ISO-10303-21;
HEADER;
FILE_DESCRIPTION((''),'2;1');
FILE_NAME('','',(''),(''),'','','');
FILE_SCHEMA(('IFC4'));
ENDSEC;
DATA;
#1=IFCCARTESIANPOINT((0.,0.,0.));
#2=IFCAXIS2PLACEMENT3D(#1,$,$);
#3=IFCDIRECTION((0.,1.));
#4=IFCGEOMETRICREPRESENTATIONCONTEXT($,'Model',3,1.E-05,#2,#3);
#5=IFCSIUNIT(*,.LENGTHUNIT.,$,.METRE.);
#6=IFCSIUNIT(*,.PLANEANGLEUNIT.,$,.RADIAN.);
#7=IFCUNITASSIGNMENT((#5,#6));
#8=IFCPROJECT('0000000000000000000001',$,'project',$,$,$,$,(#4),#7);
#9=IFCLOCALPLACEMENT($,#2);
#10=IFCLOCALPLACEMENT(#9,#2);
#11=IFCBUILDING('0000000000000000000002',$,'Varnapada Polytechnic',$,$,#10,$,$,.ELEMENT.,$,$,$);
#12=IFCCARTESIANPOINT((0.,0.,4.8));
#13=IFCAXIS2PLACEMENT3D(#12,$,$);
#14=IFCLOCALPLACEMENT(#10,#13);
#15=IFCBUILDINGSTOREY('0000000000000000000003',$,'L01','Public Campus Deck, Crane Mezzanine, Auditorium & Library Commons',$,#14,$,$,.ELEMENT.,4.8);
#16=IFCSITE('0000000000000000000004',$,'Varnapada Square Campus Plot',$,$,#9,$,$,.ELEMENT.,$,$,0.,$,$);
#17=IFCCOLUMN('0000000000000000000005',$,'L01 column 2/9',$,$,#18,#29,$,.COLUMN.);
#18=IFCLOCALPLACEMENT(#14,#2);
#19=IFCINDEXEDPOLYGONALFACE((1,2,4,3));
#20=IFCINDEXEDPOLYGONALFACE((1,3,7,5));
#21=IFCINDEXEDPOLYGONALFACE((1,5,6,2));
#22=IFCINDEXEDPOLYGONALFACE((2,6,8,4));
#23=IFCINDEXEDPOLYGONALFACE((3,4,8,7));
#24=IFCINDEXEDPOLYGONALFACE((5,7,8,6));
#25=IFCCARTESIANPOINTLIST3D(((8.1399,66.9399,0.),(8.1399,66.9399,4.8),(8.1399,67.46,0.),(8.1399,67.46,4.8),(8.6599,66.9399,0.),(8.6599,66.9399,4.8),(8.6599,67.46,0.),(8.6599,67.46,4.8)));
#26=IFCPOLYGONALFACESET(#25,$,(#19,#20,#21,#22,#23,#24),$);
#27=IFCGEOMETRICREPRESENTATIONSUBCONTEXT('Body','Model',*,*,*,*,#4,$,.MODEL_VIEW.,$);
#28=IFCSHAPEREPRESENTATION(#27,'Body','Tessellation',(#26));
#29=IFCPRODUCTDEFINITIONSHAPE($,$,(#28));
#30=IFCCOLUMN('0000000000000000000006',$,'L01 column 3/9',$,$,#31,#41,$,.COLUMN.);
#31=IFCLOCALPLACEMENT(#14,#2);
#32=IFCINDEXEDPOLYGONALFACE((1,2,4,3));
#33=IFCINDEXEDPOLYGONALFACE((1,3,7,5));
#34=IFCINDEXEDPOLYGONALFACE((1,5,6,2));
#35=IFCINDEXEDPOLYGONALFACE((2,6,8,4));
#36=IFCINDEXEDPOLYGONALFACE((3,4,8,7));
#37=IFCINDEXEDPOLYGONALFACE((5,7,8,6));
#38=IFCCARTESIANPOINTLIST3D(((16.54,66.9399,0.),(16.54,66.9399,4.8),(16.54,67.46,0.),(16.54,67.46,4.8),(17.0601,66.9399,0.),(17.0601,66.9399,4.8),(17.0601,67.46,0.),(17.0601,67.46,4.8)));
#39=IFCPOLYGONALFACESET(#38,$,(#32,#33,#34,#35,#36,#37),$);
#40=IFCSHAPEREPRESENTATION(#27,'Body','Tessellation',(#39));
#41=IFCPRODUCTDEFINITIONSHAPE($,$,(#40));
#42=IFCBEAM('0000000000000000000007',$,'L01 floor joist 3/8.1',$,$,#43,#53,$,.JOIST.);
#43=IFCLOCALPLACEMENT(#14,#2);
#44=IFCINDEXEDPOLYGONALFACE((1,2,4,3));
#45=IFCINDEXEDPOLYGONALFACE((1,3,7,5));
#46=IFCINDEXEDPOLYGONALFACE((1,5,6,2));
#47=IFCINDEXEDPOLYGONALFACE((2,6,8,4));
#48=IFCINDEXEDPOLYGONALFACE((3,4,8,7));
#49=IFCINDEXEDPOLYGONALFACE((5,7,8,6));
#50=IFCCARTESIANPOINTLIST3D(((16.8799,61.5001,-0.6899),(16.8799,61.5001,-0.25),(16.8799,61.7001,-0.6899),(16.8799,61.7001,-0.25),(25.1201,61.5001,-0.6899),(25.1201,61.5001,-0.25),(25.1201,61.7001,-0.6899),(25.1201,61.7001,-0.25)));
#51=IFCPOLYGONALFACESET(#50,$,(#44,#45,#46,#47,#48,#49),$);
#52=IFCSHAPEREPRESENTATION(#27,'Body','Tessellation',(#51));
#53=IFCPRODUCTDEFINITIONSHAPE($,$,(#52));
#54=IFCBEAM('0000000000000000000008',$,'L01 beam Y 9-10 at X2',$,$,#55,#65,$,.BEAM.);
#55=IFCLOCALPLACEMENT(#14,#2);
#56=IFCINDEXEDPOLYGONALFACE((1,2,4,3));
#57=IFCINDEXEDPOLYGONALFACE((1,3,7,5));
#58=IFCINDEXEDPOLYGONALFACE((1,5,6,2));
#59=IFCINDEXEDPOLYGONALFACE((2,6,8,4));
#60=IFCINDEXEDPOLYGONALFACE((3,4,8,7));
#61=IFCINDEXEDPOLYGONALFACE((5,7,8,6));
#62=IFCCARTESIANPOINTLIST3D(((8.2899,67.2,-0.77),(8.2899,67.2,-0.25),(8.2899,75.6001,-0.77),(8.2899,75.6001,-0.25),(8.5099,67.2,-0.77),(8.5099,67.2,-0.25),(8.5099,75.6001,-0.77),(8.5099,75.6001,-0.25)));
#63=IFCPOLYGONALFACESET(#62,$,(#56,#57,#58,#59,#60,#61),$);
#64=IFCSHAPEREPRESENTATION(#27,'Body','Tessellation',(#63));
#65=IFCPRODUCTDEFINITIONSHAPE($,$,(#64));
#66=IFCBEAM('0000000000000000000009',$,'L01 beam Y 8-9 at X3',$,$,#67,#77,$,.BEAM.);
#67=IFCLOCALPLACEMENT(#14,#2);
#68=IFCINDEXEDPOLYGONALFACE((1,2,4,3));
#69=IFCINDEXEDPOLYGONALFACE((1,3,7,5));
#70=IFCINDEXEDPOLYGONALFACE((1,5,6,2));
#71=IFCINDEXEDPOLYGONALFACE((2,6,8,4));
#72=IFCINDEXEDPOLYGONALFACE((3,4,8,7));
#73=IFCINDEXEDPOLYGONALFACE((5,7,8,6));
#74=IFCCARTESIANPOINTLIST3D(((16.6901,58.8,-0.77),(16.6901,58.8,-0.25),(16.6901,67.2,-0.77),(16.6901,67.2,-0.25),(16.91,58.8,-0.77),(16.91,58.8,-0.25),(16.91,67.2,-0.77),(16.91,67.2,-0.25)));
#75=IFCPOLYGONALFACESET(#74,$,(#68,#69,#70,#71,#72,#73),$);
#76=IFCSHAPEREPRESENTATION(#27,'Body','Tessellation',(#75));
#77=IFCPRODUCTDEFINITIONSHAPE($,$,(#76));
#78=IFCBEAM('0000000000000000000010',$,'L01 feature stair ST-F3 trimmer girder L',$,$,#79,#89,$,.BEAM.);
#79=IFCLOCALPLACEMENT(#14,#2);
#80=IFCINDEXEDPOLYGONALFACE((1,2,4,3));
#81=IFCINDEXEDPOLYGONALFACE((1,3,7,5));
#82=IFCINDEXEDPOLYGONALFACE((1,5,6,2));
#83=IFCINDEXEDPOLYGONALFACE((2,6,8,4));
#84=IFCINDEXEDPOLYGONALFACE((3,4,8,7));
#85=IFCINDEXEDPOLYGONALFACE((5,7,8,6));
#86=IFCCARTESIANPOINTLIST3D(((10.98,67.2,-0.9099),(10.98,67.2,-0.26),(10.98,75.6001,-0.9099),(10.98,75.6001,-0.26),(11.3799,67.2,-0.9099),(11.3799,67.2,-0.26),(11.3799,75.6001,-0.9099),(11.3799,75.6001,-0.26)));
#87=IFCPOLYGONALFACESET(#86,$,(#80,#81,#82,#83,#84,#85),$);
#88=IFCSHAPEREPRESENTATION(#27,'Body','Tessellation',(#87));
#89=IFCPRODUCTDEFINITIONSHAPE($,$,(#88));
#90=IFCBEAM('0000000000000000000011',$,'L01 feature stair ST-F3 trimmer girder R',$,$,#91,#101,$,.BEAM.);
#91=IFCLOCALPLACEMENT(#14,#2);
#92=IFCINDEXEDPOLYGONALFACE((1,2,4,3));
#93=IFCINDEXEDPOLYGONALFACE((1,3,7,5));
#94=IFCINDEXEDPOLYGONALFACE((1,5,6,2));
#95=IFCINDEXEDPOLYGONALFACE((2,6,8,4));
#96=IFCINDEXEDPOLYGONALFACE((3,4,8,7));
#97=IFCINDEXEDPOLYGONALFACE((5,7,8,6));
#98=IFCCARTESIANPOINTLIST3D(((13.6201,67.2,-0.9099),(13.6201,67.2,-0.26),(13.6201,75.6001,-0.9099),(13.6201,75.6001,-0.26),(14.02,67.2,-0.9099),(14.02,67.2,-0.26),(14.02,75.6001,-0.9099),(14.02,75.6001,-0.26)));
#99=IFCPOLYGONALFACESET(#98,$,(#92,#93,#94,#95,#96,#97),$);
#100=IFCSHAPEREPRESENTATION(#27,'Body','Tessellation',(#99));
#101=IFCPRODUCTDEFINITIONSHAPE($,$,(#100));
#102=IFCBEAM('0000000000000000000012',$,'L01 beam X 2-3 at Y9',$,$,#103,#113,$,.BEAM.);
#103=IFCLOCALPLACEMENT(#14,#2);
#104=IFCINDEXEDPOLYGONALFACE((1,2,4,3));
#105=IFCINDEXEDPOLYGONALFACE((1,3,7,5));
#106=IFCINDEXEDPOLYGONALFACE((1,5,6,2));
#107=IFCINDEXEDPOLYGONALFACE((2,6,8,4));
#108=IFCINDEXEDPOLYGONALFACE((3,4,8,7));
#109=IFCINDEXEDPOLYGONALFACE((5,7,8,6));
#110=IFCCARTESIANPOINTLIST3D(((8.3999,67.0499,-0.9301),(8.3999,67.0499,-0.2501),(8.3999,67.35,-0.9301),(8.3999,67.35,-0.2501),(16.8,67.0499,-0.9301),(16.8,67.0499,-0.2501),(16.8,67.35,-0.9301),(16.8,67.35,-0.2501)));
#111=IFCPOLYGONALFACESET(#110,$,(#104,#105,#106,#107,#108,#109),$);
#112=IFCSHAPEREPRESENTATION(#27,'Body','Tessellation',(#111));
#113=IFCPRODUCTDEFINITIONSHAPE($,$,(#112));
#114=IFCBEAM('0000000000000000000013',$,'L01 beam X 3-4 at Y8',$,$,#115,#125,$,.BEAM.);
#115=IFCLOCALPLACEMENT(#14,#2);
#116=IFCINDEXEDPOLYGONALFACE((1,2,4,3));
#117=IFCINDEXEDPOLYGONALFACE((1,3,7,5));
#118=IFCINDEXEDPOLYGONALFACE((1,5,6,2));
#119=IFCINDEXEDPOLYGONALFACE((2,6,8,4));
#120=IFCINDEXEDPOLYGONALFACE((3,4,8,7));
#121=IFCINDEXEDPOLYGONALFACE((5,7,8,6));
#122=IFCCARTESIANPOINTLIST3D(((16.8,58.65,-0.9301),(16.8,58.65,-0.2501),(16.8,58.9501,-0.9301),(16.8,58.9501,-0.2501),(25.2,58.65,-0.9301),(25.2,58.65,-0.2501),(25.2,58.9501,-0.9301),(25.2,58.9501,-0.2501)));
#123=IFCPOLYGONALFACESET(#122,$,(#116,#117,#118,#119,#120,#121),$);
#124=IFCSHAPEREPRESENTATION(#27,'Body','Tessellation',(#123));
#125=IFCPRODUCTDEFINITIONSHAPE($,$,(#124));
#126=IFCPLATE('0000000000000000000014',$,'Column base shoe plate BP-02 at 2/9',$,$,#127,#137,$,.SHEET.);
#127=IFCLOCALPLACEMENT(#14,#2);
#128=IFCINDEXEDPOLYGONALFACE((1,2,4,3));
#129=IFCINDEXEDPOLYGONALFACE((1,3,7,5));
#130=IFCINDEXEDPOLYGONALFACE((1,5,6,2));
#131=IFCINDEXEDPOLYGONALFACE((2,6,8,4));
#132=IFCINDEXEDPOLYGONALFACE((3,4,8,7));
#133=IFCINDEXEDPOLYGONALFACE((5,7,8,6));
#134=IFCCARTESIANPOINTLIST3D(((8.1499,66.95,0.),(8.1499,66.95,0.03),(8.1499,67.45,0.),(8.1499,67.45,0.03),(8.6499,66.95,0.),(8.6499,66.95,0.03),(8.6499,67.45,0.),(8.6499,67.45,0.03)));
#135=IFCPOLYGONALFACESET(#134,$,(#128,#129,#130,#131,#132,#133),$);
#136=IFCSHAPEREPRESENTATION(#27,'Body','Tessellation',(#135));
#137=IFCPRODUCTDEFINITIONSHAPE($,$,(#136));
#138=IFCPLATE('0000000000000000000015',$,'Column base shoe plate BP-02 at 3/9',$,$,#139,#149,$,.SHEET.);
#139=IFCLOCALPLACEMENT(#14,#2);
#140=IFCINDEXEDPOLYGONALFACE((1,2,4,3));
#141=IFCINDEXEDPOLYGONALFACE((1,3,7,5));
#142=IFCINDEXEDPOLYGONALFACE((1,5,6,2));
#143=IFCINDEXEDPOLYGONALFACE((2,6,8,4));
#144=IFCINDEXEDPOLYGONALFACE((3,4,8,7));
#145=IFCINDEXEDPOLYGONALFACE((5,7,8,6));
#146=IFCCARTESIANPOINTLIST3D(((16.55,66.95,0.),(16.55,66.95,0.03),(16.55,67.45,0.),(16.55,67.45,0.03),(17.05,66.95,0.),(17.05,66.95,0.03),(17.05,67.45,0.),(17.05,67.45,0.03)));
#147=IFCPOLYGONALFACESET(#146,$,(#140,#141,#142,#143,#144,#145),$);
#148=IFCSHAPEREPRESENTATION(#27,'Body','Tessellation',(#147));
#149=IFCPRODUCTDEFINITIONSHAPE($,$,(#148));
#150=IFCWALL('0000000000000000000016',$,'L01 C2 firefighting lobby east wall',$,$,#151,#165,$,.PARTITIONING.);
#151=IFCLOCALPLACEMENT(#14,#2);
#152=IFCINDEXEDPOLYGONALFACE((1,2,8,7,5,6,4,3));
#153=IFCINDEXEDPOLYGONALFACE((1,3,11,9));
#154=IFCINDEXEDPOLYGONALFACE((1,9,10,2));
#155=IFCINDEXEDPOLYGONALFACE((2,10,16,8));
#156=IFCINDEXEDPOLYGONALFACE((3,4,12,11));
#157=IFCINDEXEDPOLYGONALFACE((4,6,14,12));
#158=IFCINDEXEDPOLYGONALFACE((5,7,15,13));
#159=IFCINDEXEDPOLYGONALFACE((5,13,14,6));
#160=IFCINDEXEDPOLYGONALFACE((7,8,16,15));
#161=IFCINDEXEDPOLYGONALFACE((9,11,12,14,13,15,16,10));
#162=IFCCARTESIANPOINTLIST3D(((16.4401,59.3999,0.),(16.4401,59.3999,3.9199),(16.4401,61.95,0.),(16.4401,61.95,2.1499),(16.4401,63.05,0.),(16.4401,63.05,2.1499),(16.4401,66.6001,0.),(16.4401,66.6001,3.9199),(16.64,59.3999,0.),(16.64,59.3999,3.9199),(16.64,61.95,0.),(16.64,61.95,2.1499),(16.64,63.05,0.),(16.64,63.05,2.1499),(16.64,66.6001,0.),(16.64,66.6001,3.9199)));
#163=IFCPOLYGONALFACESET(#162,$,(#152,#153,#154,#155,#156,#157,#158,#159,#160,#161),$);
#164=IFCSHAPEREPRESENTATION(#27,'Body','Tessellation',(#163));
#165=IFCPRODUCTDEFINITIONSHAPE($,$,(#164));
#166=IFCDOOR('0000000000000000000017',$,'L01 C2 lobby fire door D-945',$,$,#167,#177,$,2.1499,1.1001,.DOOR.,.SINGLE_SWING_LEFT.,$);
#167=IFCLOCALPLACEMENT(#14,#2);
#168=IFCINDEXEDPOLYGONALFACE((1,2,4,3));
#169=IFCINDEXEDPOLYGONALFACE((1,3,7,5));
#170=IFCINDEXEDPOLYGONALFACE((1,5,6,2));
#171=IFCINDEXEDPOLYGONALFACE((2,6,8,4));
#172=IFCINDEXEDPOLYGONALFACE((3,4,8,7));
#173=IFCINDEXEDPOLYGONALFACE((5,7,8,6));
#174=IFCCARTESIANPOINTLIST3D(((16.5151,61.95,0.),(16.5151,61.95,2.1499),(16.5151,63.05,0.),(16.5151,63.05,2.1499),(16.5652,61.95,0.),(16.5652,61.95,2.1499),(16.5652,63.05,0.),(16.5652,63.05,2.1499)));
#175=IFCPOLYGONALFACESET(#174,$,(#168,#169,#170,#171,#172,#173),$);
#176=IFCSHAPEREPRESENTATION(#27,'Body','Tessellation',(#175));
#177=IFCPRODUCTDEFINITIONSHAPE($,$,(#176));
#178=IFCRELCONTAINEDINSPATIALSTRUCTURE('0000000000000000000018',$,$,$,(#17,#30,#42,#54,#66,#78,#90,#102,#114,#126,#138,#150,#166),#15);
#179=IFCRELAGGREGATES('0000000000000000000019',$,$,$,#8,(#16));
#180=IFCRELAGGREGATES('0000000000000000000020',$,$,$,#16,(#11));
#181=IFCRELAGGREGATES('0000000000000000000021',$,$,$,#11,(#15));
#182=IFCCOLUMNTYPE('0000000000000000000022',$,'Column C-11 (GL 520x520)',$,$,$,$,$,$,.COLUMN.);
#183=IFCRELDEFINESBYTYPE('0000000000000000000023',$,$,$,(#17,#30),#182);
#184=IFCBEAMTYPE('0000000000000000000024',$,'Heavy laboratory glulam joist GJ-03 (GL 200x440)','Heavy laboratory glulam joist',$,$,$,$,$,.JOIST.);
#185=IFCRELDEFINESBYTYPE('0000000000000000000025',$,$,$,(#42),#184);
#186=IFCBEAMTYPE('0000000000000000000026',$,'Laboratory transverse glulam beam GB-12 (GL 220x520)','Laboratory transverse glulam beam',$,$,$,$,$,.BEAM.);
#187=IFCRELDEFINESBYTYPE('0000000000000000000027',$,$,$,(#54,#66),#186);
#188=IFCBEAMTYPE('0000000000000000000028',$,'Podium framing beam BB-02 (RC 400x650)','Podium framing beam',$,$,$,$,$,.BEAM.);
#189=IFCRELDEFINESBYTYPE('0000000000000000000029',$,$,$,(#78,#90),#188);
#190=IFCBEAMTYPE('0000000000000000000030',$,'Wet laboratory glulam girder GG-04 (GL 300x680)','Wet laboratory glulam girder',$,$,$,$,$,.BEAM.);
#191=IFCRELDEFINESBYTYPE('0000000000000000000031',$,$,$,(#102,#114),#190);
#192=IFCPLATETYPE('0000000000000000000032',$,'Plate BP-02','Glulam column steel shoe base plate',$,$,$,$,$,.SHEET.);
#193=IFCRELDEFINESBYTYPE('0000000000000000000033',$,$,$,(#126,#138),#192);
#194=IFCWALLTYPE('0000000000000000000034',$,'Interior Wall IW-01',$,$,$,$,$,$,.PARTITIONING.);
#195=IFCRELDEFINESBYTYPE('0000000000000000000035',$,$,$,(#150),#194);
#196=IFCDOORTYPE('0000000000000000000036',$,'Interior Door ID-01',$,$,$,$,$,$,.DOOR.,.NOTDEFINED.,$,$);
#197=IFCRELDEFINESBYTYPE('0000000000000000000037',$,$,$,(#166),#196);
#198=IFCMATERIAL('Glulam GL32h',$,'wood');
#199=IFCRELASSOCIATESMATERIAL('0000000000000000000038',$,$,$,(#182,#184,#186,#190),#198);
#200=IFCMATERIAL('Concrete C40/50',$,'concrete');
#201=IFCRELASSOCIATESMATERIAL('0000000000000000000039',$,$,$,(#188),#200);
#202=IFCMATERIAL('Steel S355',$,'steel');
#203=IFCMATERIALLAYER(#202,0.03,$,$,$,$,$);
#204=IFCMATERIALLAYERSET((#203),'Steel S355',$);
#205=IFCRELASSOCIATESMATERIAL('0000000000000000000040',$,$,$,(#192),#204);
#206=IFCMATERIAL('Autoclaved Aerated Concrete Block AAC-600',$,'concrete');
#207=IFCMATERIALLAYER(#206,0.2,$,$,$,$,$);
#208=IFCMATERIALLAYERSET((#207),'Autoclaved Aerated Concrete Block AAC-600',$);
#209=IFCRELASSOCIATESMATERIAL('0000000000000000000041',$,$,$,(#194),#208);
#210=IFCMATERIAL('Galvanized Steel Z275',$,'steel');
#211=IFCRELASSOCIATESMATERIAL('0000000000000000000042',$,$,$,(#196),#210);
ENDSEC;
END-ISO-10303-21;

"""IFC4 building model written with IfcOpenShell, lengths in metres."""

from ifc_helpers import new_model, si_unit, direction, frame, frame_2d, origin, origin_2d, place, context, subcontext, project, spatial, rectangle, extrude, material, layer, layer_set, material_profile, profile_set, type_object, element, fill, save


model = new_model("IFC4")

# Units and contexts
model_context = context("Model", 3, precision=1e-05, world=origin(), true_north=direction((0.0, 1.0)))
body_context = subcontext(model_context, "Body", "Model", "MODEL_VIEW")
ifc_project = project(units=[si_unit("LENGTHUNIT", "METRE"), si_unit("PLANEANGLEUNIT", "RADIAN")], contexts=[model_context])

# Site, building, storey
site_placement = place(None, origin())
site = spatial("IfcSite", under=ifc_project, at=site_placement, Name="Varnapada Square Campus Plot", CompositionType="ELEMENT", RefElevation=0.0)
building_placement = place(site_placement, origin())
building = spatial("IfcBuilding", under=site, at=building_placement, Name="Varnapada Polytechnic", CompositionType="ELEMENT")
storey_placement = place(building_placement, frame((0.0, 0.0, 4.8)))
storey = spatial("IfcBuildingStorey", under=building, at=storey_placement, Name="L01", Description="Public Campus Deck, Crane Mezzanine, Auditorium & Library Commons", CompositionType="ELEMENT", Elevation=4.8)

# Columns
ifc_material_1 = material(Name="Glulam GL32h", Category="wood")
ifc_material_profile_1 = material_profile(ifc_material_1, rectangle(XDim=0.52, YDim=0.52, at=origin_2d()), Name="GL 520x520")
ifc_profile_set_1 = profile_set([ifc_material_profile_1], Name="Glulam GL32h")
column_type = type_object("IfcColumnType", Name="Column C-11 (GL 520x520)", PredefinedType="COLUMN", material=ifc_profile_set_1)
for number, where, z_axis, x_axis, name in (
    (1, (8.3999, 67.2, 0.0), (0.0, 0.0, 1.0), (1.0, 0.0, 0.0), "L01 column 2/9"),
    (2, (16.8, 67.2, 0.0), (0.0, 0.0, 1.0), (1.0, 0.0, 0.0), "L01 column 3/9"),
):
    element("IfcColumn", number, at=place(storey_placement, frame(where, z_axis=z_axis, x_axis=x_axis)), inside=storey, type_object=column_type, Name=name, PredefinedType="COLUMN", context=body_context, shape_type="SweptSolid", body=[
        extrude(rectangle(XDim=0.52, YDim=0.52, at=origin_2d()), origin(), (0.0, 0.0, 1.0), 4.8),
    ])

# Beams
ifc_material_profile_2 = material_profile(ifc_material_1, rectangle(XDim=0.2, YDim=0.4399, at=origin_2d()), Name="GL 200x440")
ifc_profile_set_2 = profile_set([ifc_material_profile_2], Name="Glulam GL32h")
beam_type_1 = type_object("IfcBeamType", Name="Heavy laboratory glulam joist GJ-03 (GL 200x440)", Description="Heavy laboratory glulam joist", PredefinedType="JOIST", material=ifc_profile_set_2)
beam_1_placement = place(storey_placement, frame((16.8799, 61.6001, -0.47), z_axis=(1.0, 0.0, 0.0), x_axis=(0.0, 1.0, 0.0)))
element("IfcBeam", 3, at=beam_1_placement, inside=storey, type_object=beam_type_1, Name="L01 floor joist 3/8.1", PredefinedType="JOIST", context=body_context, shape_type="SweptSolid", body=[
    extrude(rectangle(XDim=0.2, YDim=0.4399, at=origin_2d()), origin(), (0.0, 0.0, 1.0), 8.2402),
])
ifc_material_profile_3 = material_profile(ifc_material_1, rectangle(XDim=0.22, YDim=0.52, at=origin_2d()), Name="GL 220x520")
ifc_profile_set_3 = profile_set([ifc_material_profile_3], Name="Glulam GL32h")
beam_type_2 = type_object("IfcBeamType", Name="Laboratory transverse glulam beam GB-12 (GL 220x520)", Description="Laboratory transverse glulam beam", PredefinedType="BEAM", material=ifc_profile_set_3)
beam_2_placement = place(storey_placement, frame((8.3999, 67.2, -0.51), z_axis=(0.0, 1.0, 0.0), x_axis=(-1.0, 0.0, 0.0)))
element("IfcBeam", 4, at=beam_2_placement, inside=storey, type_object=beam_type_2, Name="L01 beam Y 9-10 at X2", PredefinedType="BEAM", context=body_context, shape_type="SweptSolid", body=[
    extrude(rectangle(XDim=0.22, YDim=0.52, at=origin_2d()), origin(), (0.0, 0.0, 1.0), 8.4001),
])
beam_3_placement = place(storey_placement, frame((16.8, 58.8, -0.51), z_axis=(0.0, 1.0, 0.0), x_axis=(-1.0, 0.0, 0.0)))
element("IfcBeam", 5, at=beam_3_placement, inside=storey, type_object=beam_type_2, Name="L01 beam Y 8-9 at X3", PredefinedType="BEAM", context=body_context, shape_type="SweptSolid", body=[
    extrude(rectangle(XDim=0.22, YDim=0.52, at=origin_2d()), origin(), (0.0, 0.0, 1.0), 8.3999),
])
ifc_material_2 = material(Name="Concrete C40/50", Category="concrete")
ifc_material_profile_4 = material_profile(ifc_material_2, rectangle(XDim=0.3999, YDim=0.6499, at=origin_2d()), Name="RC 400x650")
ifc_profile_set_4 = profile_set([ifc_material_profile_4], Name="Concrete C40/50")
beam_type_3 = type_object("IfcBeamType", Name="Podium framing beam BB-02 (RC 400x650)", Description="Podium framing beam", PredefinedType="BEAM", material=ifc_profile_set_4)
for number, where, z_axis, x_axis, name in (
    (6, (11.1799, 67.2, -0.585), (0.0, 1.0, 0.0), (-1.0, 0.0, 0.0), "L01 feature stair ST-F3 trimmer girder L"),
    (7, (13.8201, 67.2, -0.585), (0.0, 1.0, 0.0), (-1.0, 0.0, 0.0), "L01 feature stair ST-F3 trimmer girder R"),
):
    element("IfcBeam", number, at=place(storey_placement, frame(where, z_axis=z_axis, x_axis=x_axis)), inside=storey, type_object=beam_type_3, Name=name, PredefinedType="BEAM", context=body_context, shape_type="SweptSolid", body=[
        extrude(rectangle(XDim=0.3999, YDim=0.6499, at=origin_2d()), origin(), (0.0, 0.0, 1.0), 8.4001),
    ])
ifc_material_profile_5 = material_profile(ifc_material_1, rectangle(XDim=0.3, YDim=0.6799, at=origin_2d()), Name="GL 300x680")
ifc_profile_set_5 = profile_set([ifc_material_profile_5], Name="Glulam GL32h")
beam_type_4 = type_object("IfcBeamType", Name="Wet laboratory glulam girder GG-04 (GL 300x680)", Description="Wet laboratory glulam girder", PredefinedType="BEAM", material=ifc_profile_set_5)
beam_4_placement = place(storey_placement, frame((8.3999, 67.2, -0.5901), z_axis=(1.0, 0.0, 0.0), x_axis=(0.0, 1.0, 0.0)))
element("IfcBeam", 8, at=beam_4_placement, inside=storey, type_object=beam_type_4, Name="L01 beam X 2-3 at Y9", PredefinedType="BEAM", context=body_context, shape_type="SweptSolid", body=[
    extrude(rectangle(XDim=0.3, YDim=0.6799, at=origin_2d()), origin(), (0.0, 0.0, 1.0), 8.4001),
])
beam_5_placement = place(storey_placement, frame((16.8, 58.8, -0.5901), z_axis=(1.0, 0.0, 0.0), x_axis=(0.0, 1.0, 0.0)))
element("IfcBeam", 9, at=beam_5_placement, inside=storey, type_object=beam_type_4, Name="L01 beam X 3-4 at Y8", PredefinedType="BEAM", context=body_context, shape_type="SweptSolid", body=[
    extrude(rectangle(XDim=0.3, YDim=0.6799, at=origin_2d()), origin(), (0.0, 0.0, 1.0), 8.3999),
])

# Plates
ifc_material_3 = material(Name="Steel S355", Category="steel")
ifc_layer_1 = layer(ifc_material_3, 0.03)
ifc_layer_set_1 = layer_set([ifc_layer_1], Name="Steel S355")
plate_type = type_object("IfcPlateType", Name="Plate BP-02", Description="Glulam column steel shoe base plate", PredefinedType="SHEET", material=ifc_layer_set_1)
for number, where, z_axis, x_axis, name in (
    (10, (8.3999, 67.2, 0.0), (0.0, 0.0, 1.0), (1.0, 0.0, 0.0), "Column base shoe plate BP-02 at 2/9"),
    (11, (16.8, 67.2, 0.0), (0.0, 0.0, 1.0), (1.0, 0.0, 0.0), "Column base shoe plate BP-02 at 3/9"),
):
    element("IfcPlate", number, at=place(storey_placement, frame(where, z_axis=z_axis, x_axis=x_axis)), inside=storey, type_object=plate_type, Name=name, PredefinedType="SHEET", context=body_context, shape_type="SweptSolid", body=[
        extrude(rectangle(XDim=0.5, YDim=0.5, at=origin_2d()), origin(), (0.0, 0.0, 1.0), 0.03),
    ])

# Wall, opening, door
ifc_material_4 = material(Name="Autoclaved Aerated Concrete Block AAC-600", Category="concrete")
ifc_layer_2 = layer(ifc_material_4, 0.2)
ifc_layer_set_2 = layer_set([ifc_layer_2], Name="Autoclaved Aerated Concrete Block AAC-600")
wall_type_1 = type_object("IfcWallType", Name="Interior Wall IW-01", PredefinedType="PARTITIONING", material=ifc_layer_set_2)
wall_1_placement = place(storey_placement, frame((16.54, 66.6001, 0.0), z_axis=(0.0, 0.0, 1.0), x_axis=(0.0, -1.0, 0.0)))
wall_1 = element("IfcWall", 12, at=wall_1_placement, inside=storey, type_object=wall_type_1, Name="L01 C2 firefighting lobby east wall", PredefinedType="PARTITIONING", context=body_context, shape_type="SweptSolid", body=[
    extrude(rectangle(XDim=7.2002, YDim=0.2, at=frame_2d((3.6001, 0.0))), origin(), (0.0, 0.0, 1.0), 3.9199),
])
opening_1_placement = place(wall_1_placement, frame((3.55, 0.0, 0.0)))
opening_1 = element("IfcOpeningElement", 13, at=opening_1_placement, cuts=wall_1, PredefinedType="OPENING", context=body_context, shape_type="SweptSolid", body=[
    extrude(rectangle(XDim=1.1001, YDim=2.1499, at=frame_2d((0.55, 1.075))), frame((0.0, 0.1099, 0.0), z_axis=(0.0, -1.0, 0.0), x_axis=(1.0, 0.0, 0.0)), (0.0, 0.0, 1.0), 0.22),
])
ifc_material_5 = material(Name="Galvanized Steel Z275", Category="steel")
door_type_1 = type_object("IfcDoorType", Name="Interior Door ID-01", OperationType="NOTDEFINED", PredefinedType="DOOR", material=ifc_material_5)
door_1_placement = place(opening_1_placement, frame((1.1001, 0.0, 0.0), z_axis=(0.0, 0.0, 1.0), x_axis=(-1.0, 0.0, 0.0)))
door_1 = element("IfcDoor", 14, at=door_1_placement, inside=storey, type_object=door_type_1, Name="L01 C2 lobby fire door D-945", OperationType="SINGLE_SWING_LEFT", OverallHeight=2.1499, OverallWidth=1.1001, PredefinedType="DOOR", context=body_context, shape_type="SweptSolid", body=[
    extrude(rectangle(XDim=1.1001, YDim=2.1499, at=frame_2d((0.55, 1.075))), frame((0.0, 0.0249, 0.0), z_axis=(0.0, -1.0, 0.0), x_axis=(1.0, 0.0, 0.0)), (0.0, 0.0, 1.0), 0.05),
])
fill(opening_1, door_1)

save(model, "model.ifc")
